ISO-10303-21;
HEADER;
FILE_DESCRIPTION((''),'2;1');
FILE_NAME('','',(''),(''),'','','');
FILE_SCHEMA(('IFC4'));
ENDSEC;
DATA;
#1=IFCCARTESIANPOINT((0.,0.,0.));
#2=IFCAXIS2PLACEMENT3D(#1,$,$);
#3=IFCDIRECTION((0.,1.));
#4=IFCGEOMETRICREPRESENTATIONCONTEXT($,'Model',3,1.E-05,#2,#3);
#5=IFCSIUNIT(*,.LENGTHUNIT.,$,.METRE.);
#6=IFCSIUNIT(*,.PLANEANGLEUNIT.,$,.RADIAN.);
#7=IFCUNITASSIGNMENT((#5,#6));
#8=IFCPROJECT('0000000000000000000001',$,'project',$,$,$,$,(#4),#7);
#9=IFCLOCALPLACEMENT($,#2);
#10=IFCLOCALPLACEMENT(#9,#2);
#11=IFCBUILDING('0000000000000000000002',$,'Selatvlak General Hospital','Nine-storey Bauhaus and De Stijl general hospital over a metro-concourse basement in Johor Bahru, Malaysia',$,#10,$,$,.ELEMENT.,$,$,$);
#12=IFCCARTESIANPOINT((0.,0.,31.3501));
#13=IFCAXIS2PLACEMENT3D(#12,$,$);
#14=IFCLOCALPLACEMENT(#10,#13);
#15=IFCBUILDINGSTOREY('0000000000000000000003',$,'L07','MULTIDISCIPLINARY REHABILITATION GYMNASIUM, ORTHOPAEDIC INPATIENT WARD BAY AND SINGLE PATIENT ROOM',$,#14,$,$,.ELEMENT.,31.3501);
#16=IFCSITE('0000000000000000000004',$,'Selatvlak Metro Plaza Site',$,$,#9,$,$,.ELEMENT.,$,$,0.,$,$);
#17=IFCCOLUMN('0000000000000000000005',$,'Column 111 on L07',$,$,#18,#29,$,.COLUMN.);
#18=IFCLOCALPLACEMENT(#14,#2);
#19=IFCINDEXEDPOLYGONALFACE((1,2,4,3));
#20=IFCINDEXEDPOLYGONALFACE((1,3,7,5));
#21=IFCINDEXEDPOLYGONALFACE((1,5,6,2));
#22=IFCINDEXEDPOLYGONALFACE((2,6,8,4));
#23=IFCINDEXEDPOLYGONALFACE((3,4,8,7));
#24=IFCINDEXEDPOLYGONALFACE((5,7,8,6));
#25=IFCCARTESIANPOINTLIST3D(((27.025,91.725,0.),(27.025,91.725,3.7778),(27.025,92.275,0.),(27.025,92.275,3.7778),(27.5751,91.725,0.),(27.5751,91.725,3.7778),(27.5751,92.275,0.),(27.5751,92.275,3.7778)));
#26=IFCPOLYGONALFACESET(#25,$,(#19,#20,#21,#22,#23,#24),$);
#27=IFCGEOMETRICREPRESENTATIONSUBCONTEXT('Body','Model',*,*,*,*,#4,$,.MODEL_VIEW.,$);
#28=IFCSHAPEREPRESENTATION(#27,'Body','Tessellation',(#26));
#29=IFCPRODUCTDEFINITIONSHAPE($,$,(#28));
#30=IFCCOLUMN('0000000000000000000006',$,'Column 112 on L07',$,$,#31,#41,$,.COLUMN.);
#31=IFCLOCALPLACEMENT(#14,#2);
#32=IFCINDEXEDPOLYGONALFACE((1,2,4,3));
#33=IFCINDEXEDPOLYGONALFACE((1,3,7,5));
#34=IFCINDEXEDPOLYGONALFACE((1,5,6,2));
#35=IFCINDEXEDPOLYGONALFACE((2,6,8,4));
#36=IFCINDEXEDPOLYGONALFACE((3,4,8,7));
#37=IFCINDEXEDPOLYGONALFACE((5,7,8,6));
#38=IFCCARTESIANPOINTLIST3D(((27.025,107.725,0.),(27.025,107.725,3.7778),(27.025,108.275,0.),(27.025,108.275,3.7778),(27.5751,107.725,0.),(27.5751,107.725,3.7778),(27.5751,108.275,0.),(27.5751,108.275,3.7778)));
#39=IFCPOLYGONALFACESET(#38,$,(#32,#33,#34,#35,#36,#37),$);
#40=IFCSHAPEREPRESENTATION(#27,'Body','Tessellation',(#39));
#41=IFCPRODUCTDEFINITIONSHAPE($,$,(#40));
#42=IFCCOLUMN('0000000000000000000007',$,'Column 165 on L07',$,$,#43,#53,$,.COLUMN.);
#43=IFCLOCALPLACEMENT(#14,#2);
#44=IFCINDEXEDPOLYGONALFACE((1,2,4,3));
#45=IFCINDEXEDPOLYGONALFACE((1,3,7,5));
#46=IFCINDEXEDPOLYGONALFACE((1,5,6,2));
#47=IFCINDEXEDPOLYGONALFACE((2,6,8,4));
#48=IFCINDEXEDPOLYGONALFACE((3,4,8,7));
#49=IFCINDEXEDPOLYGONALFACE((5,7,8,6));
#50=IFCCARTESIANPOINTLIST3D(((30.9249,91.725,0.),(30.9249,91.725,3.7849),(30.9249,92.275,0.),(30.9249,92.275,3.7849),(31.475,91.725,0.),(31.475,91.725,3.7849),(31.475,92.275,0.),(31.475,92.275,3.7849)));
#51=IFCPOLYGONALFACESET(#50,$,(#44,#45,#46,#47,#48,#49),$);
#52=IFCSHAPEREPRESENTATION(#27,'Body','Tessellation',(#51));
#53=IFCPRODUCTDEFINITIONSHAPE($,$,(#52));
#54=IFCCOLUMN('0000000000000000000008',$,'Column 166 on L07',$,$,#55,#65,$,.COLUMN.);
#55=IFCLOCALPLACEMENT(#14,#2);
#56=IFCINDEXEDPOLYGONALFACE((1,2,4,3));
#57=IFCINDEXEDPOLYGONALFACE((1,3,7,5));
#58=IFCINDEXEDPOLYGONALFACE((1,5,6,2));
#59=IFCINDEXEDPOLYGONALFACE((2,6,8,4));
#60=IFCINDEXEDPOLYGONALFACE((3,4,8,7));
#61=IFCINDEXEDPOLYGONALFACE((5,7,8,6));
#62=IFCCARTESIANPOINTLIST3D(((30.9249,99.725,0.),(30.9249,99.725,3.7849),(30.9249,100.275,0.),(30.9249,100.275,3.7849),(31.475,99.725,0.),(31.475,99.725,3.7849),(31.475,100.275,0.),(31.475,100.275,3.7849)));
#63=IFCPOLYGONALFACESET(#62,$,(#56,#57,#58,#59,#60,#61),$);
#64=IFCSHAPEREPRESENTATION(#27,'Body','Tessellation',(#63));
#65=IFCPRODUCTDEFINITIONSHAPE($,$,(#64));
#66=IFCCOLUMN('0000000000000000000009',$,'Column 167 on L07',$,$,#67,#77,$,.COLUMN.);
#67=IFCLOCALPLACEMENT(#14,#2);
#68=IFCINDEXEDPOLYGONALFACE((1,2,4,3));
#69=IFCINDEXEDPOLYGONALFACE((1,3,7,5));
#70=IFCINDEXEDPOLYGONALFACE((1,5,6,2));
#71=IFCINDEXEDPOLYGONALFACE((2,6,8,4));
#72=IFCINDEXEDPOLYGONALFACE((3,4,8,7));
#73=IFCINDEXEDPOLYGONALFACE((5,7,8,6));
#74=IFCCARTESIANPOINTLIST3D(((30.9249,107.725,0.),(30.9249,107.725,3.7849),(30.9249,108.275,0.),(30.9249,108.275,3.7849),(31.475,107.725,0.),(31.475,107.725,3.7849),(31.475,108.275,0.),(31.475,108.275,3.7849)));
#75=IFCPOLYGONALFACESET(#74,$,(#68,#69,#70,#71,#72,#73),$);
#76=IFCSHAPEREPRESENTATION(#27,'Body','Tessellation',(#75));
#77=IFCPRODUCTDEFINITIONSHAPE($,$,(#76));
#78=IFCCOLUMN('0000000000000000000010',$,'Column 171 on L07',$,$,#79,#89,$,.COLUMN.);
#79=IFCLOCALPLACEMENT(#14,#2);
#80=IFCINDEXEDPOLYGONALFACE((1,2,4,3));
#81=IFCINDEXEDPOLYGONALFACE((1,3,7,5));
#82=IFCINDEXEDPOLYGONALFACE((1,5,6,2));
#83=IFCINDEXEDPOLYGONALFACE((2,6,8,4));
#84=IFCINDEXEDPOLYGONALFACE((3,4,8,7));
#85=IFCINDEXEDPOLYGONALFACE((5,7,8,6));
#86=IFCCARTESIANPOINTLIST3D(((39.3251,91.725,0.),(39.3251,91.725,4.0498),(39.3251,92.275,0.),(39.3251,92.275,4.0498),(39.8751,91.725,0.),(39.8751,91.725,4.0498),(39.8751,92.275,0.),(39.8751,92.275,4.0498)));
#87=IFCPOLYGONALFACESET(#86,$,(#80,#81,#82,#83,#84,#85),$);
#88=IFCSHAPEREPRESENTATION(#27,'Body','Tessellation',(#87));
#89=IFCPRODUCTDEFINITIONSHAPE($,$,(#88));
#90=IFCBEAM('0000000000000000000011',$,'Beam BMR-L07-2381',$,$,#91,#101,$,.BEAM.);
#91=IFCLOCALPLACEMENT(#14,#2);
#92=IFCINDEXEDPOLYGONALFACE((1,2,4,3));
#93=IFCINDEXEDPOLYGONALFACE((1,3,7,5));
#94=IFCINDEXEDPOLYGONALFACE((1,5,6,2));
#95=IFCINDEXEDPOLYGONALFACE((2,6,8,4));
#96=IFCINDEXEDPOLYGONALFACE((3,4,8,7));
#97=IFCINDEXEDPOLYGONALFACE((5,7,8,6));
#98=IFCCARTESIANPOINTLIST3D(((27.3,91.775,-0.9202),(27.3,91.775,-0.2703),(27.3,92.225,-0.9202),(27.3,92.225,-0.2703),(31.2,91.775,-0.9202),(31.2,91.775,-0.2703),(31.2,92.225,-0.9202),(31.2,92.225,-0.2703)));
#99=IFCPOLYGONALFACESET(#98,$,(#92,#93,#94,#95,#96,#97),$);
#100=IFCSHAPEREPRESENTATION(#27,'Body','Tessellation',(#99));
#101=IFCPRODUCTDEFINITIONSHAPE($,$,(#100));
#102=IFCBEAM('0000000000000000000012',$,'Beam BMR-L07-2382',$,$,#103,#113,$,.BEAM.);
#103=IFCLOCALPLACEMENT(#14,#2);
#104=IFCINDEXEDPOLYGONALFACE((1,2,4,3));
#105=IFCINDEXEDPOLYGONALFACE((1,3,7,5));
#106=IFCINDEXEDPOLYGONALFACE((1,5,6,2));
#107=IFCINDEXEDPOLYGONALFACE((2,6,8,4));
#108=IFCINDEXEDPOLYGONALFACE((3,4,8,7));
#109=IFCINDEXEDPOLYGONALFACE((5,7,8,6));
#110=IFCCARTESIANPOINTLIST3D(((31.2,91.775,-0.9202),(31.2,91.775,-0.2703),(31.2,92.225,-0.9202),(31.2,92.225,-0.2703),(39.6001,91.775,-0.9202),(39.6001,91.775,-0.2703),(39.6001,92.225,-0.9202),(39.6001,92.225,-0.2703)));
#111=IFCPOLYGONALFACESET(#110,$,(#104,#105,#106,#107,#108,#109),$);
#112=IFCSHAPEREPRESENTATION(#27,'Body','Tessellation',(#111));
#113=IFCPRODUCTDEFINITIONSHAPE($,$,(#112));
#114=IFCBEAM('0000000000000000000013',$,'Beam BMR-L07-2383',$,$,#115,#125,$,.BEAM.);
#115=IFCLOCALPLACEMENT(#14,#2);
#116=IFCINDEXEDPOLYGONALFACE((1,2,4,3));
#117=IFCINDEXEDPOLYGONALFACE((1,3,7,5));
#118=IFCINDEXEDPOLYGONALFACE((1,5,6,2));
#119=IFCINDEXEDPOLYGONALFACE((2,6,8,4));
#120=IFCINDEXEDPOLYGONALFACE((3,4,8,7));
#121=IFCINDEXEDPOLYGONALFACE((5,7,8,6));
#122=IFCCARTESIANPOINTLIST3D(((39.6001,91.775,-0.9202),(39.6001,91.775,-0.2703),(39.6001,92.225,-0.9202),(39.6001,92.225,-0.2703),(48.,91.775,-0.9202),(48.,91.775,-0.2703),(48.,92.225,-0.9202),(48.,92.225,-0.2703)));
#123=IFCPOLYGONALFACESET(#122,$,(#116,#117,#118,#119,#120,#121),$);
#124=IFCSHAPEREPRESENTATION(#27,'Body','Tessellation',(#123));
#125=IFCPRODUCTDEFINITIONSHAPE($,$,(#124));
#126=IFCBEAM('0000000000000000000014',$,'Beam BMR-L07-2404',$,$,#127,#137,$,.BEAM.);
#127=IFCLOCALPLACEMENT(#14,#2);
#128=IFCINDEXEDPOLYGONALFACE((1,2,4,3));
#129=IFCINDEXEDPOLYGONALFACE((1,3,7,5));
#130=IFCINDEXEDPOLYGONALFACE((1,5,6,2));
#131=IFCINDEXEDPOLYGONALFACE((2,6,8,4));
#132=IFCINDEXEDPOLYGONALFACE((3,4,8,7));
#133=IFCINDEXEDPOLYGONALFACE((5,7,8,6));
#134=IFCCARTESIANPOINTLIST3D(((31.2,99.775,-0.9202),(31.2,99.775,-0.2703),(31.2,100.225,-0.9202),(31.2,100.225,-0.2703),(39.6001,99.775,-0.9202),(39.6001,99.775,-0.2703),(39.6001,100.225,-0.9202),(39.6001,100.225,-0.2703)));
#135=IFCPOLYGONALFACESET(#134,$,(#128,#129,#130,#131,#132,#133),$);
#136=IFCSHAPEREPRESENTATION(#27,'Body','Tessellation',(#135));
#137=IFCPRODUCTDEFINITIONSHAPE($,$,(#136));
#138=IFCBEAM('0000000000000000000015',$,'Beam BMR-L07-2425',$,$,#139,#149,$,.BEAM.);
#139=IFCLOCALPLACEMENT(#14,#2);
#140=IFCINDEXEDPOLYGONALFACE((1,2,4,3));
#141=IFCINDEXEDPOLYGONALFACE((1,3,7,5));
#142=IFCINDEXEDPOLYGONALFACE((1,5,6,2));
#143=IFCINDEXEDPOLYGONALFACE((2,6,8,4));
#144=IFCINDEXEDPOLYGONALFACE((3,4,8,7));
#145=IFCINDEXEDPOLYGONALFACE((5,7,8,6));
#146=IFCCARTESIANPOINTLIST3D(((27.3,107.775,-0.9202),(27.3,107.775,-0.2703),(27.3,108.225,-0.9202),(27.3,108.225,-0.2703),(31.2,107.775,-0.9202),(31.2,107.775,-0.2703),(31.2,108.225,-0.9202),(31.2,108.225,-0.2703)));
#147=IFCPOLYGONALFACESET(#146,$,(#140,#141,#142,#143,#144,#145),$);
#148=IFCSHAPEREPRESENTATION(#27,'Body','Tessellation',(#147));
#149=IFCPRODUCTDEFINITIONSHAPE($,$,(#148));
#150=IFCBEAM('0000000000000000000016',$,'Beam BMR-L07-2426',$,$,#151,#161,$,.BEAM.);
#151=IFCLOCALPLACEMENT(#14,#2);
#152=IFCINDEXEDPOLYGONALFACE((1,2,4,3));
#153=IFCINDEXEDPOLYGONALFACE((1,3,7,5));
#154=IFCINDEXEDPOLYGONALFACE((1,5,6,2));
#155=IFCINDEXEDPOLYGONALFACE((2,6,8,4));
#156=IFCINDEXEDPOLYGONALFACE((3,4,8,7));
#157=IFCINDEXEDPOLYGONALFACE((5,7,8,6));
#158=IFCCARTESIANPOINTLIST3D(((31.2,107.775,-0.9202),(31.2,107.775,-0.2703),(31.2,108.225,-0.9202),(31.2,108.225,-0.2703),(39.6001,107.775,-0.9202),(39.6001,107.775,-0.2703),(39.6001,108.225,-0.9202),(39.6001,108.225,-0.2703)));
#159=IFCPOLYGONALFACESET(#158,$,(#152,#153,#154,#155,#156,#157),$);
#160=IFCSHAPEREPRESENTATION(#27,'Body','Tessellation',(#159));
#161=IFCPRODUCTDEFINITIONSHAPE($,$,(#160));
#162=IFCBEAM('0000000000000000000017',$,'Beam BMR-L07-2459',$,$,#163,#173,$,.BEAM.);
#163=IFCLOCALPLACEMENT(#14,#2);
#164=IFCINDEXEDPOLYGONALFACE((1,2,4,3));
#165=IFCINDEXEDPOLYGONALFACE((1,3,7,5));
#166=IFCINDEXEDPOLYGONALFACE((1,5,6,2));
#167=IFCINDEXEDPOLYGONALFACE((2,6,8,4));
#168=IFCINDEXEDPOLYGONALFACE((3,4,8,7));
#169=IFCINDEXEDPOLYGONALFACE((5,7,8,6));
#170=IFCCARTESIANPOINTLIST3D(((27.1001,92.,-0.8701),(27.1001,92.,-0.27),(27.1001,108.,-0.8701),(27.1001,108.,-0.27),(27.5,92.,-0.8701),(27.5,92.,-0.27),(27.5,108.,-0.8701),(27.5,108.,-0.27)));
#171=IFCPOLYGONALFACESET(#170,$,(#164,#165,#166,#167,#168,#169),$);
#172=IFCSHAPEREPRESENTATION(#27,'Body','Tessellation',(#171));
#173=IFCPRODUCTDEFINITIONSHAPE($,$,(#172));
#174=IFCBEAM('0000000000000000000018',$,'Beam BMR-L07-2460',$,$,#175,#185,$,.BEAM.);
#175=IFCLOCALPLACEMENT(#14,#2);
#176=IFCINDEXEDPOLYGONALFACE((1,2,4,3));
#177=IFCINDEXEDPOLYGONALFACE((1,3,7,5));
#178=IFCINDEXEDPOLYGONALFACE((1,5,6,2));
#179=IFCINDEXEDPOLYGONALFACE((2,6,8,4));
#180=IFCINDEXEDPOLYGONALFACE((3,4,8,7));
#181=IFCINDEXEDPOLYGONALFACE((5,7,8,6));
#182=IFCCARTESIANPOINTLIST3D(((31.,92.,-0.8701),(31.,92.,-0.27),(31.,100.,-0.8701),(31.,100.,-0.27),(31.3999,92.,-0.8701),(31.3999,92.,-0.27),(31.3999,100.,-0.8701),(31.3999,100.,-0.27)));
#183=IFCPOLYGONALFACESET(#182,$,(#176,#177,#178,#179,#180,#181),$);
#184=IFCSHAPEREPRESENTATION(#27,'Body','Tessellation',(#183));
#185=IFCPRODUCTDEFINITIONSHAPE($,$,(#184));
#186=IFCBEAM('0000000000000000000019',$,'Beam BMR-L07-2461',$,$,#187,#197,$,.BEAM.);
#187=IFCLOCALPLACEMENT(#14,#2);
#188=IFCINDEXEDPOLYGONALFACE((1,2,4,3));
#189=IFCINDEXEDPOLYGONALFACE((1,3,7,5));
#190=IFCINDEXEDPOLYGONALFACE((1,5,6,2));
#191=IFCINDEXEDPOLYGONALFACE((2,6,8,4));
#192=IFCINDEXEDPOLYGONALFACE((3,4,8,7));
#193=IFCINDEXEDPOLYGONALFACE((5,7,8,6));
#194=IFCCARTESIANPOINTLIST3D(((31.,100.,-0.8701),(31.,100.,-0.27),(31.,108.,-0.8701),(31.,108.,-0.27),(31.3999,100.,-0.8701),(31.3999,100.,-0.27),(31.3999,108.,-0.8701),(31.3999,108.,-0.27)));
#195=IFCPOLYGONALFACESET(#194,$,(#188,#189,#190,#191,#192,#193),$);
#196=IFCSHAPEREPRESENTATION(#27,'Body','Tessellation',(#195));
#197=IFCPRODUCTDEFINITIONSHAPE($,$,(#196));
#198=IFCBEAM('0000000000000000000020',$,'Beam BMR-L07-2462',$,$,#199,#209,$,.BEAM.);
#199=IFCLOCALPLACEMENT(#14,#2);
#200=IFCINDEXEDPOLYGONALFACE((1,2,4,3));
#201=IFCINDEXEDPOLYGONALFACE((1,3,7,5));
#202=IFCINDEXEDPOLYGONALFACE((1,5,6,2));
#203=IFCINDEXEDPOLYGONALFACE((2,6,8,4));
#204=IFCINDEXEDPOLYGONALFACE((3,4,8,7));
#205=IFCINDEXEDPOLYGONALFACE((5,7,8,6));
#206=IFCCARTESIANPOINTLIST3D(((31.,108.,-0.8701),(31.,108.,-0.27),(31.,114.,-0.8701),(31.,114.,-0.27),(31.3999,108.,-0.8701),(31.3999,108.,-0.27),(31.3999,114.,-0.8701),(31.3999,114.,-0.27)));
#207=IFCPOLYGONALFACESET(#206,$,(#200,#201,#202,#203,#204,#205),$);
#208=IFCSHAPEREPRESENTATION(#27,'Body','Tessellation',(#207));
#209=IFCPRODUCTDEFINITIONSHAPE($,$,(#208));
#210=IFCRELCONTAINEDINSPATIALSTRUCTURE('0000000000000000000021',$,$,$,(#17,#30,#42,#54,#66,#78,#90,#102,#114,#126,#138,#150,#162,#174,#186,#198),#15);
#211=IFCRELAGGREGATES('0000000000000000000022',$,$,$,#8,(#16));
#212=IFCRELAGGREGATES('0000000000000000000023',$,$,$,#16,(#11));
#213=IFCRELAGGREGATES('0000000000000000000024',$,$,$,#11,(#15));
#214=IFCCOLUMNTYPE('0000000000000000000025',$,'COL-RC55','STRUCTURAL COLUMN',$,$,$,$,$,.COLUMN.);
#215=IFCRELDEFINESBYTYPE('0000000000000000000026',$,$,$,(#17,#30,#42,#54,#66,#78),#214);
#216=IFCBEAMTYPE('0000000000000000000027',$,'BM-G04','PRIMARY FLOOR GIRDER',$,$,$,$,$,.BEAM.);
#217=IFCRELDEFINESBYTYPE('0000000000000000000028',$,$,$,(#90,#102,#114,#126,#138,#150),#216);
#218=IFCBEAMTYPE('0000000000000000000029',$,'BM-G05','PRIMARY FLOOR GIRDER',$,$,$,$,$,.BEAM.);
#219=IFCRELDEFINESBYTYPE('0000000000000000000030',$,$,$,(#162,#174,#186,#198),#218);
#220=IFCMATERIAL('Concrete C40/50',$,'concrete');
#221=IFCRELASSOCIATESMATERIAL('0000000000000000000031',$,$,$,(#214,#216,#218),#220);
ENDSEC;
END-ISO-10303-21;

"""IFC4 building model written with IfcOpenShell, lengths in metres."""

from ifc_helpers import new_model, si_unit, direction, frame, origin, origin_2d, place, context, subcontext, project, spatial, rectangle, extrude, material, material_profile, profile_set, type_object, element, save


model = new_model("IFC4")

# Units and contexts
model_context = context("Model", 3, precision=1e-05, world=origin(), true_north=direction((0.0, 1.0)))
body_context = subcontext(model_context, "Body", "Model", "MODEL_VIEW")
ifc_project = project(units=[si_unit("LENGTHUNIT", "METRE"), si_unit("PLANEANGLEUNIT", "RADIAN")], contexts=[model_context])

# Site, building, storey
site_placement = place(None, origin())
site = spatial("IfcSite", under=ifc_project, at=site_placement, Name="Selatvlak Metro Plaza Site", CompositionType="ELEMENT", RefElevation=0.0)
building_placement = place(site_placement, origin())
building = spatial("IfcBuilding", under=site, at=building_placement, Name="Selatvlak General Hospital", Description="Nine-storey Bauhaus and De Stijl general hospital over a metro-concourse basement in Johor Bahru, Malaysia", CompositionType="ELEMENT")
storey_placement = place(building_placement, frame((0.0, 0.0, 31.3501)))
storey = spatial("IfcBuildingStorey", under=building, at=storey_placement, Name="L07", Description="MULTIDISCIPLINARY REHABILITATION GYMNASIUM, ORTHOPAEDIC INPATIENT WARD BAY AND SINGLE PATIENT ROOM", CompositionType="ELEMENT", Elevation=31.3501)

# Columns
ifc_material_1 = material(Name="Concrete C40/50", Category="concrete")
ifc_material_profile_1 = material_profile(ifc_material_1, rectangle(XDim=0.55, YDim=0.55, at=origin_2d()), Name="RC-COL 550x550")
ifc_profile_set_1 = profile_set([ifc_material_profile_1], Name="Concrete C40/50")
column_type = type_object("IfcColumnType", Name="COL-RC55", Description="STRUCTURAL COLUMN", PredefinedType="COLUMN", material=ifc_profile_set_1)
for number, where, z_axis, x_axis, name in (
    (1, (27.3, 92.0, 0.0), (0.0, 0.0, 1.0), (1.0, 0.0, 0.0), "Column 111 on L07"),
    (2, (27.3, 108.0, 0.0), (0.0, 0.0, 1.0), (1.0, 0.0, 0.0), "Column 112 on L07"),
):
    element("IfcColumn", number, at=place(storey_placement, frame(where, z_axis=z_axis, x_axis=x_axis)), inside=storey, type_object=column_type, Name=name, PredefinedType="COLUMN", context=body_context, shape_type="SweptSolid", body=[
        extrude(rectangle(XDim=0.55, YDim=0.55, at=origin_2d()), origin(), (0.0, 0.0, 1.0), 3.7778),
    ])
for number, where, z_axis, x_axis, name in (
    (3, (31.2, 92.0, 0.0), (0.0, 0.0, 1.0), (1.0, 0.0, 0.0), "Column 165 on L07"),
    (4, (31.2, 100.0, 0.0), (0.0, 0.0, 1.0), (1.0, 0.0, 0.0), "Column 166 on L07"),
    (5, (31.2, 108.0, 0.0), (0.0, 0.0, 1.0), (1.0, 0.0, 0.0), "Column 167 on L07"),
):
    element("IfcColumn", number, at=place(storey_placement, frame(where, z_axis=z_axis, x_axis=x_axis)), inside=storey, type_object=column_type, Name=name, PredefinedType="COLUMN", context=body_context, shape_type="SweptSolid", body=[
        extrude(rectangle(XDim=0.55, YDim=0.55, at=origin_2d()), origin(), (0.0, 0.0, 1.0), 3.7849),
    ])
column_placement = place(storey_placement, frame((39.6001, 92.0, 0.0), z_axis=(0.0, 0.0, 1.0), x_axis=(1.0, 0.0, 0.0)))
element("IfcColumn", 6, at=column_placement, inside=storey, type_object=column_type, Name="Column 171 on L07", PredefinedType="COLUMN", context=body_context, shape_type="SweptSolid", body=[
    extrude(rectangle(XDim=0.55, YDim=0.55, at=origin_2d()), origin(), (0.0, 0.0, 1.0), 4.0498),
])

# Beams
ifc_material_profile_2 = material_profile(ifc_material_1, rectangle(XDim=0.45, YDim=0.6499, at=origin_2d()), Name="RC-BM 450x650")
ifc_profile_set_2 = profile_set([ifc_material_profile_2], Name="Concrete C40/50")
beam_type_1 = type_object("IfcBeamType", Name="BM-G04", Description="PRIMARY FLOOR GIRDER", PredefinedType="BEAM", material=ifc_profile_set_2)
beam_1_placement = place(storey_placement, frame((27.3, 92.0, -0.5952), z_axis=(1.0, 0.0, 0.0), x_axis=(0.0, 1.0, 0.0)))
element("IfcBeam", 7, at=beam_1_placement, inside=storey, type_object=beam_type_1, Name="Beam BMR-L07-2381", PredefinedType="BEAM", context=body_context, shape_type="SweptSolid", body=[
    extrude(rectangle(XDim=0.45, YDim=0.6499, at=origin_2d()), origin(), (0.0, 0.0, 1.0), 3.8999),
])
beam_2_placement = place(storey_placement, frame((31.2, 92.0, -0.5952), z_axis=(1.0, 0.0, 0.0), x_axis=(0.0, 1.0, 0.0)))
element("IfcBeam", 8, at=beam_2_placement, inside=storey, type_object=beam_type_1, Name="Beam BMR-L07-2382", PredefinedType="BEAM", context=body_context, shape_type="SweptSolid", body=[
    extrude(rectangle(XDim=0.45, YDim=0.6499, at=origin_2d()), origin(), (0.0, 0.0, 1.0), 8.4001),
])
beam_3_placement = place(storey_placement, frame((39.6001, 92.0, -0.5952), z_axis=(1.0, 0.0, 0.0), x_axis=(0.0, 1.0, 0.0)))
element("IfcBeam", 9, at=beam_3_placement, inside=storey, type_object=beam_type_1, Name="Beam BMR-L07-2383", PredefinedType="BEAM", context=body_context, shape_type="SweptSolid", body=[
    extrude(rectangle(XDim=0.45, YDim=0.6499, at=origin_2d()), origin(), (0.0, 0.0, 1.0), 8.3999),
])
beam_4_placement = place(storey_placement, frame((31.2, 100.0, -0.5952), z_axis=(1.0, 0.0, 0.0), x_axis=(0.0, 1.0, 0.0)))
element("IfcBeam", 10, at=beam_4_placement, inside=storey, type_object=beam_type_1, Name="Beam BMR-L07-2404", PredefinedType="BEAM", context=body_context, shape_type="SweptSolid", body=[
    extrude(rectangle(XDim=0.45, YDim=0.6499, at=origin_2d()), origin(), (0.0, 0.0, 1.0), 8.4001),
])
beam_5_placement = place(storey_placement, frame((27.3, 108.0, -0.5952), z_axis=(1.0, 0.0, 0.0), x_axis=(0.0, 1.0, 0.0)))
element("IfcBeam", 11, at=beam_5_placement, inside=storey, type_object=beam_type_1, Name="Beam BMR-L07-2425", PredefinedType="BEAM", context=body_context, shape_type="SweptSolid", body=[
    extrude(rectangle(XDim=0.45, YDim=0.6499, at=origin_2d()), origin(), (0.0, 0.0, 1.0), 3.8999),
])
beam_6_placement = place(storey_placement, frame((31.2, 108.0, -0.5952), z_axis=(1.0, 0.0, 0.0), x_axis=(0.0, 1.0, 0.0)))
element("IfcBeam", 12, at=beam_6_placement, inside=storey, type_object=beam_type_1, Name="Beam BMR-L07-2426", PredefinedType="BEAM", context=body_context, shape_type="SweptSolid", body=[
    extrude(rectangle(XDim=0.45, YDim=0.6499, at=origin_2d()), origin(), (0.0, 0.0, 1.0), 8.4001),
])
ifc_material_profile_3 = material_profile(ifc_material_1, rectangle(XDim=0.3999, YDim=0.6001, at=origin_2d()), Name="RC-BM 400x600")
ifc_profile_set_3 = profile_set([ifc_material_profile_3], Name="Concrete C40/50")
beam_type_2 = type_object("IfcBeamType", Name="BM-G05", Description="PRIMARY FLOOR GIRDER", PredefinedType="BEAM", material=ifc_profile_set_3)
beam_7_placement = place(storey_placement, frame((27.3, 92.0, -0.5701), z_axis=(0.0, 1.0, 0.0), x_axis=(-1.0, 0.0, 0.0)))
element("IfcBeam", 13, at=beam_7_placement, inside=storey, type_object=beam_type_2, Name="Beam BMR-L07-2459", PredefinedType="BEAM", context=body_context, shape_type="SweptSolid", body=[
    extrude(rectangle(XDim=0.3999, YDim=0.6001, at=origin_2d()), origin(), (0.0, 0.0, 1.0), 16.0),
])
for number, where, z_axis, x_axis, name in (
    (14, (31.2, 92.0, -0.5701), (0.0, 1.0, 0.0), (-1.0, 0.0, 0.0), "Beam BMR-L07-2460"),
    (15, (31.2, 100.0, -0.5701), (0.0, 1.0, 0.0), (-1.0, 0.0, 0.0), "Beam BMR-L07-2461"),
):
    element("IfcBeam", number, at=place(storey_placement, frame(where, z_axis=z_axis, x_axis=x_axis)), inside=storey, type_object=beam_type_2, Name=name, PredefinedType="BEAM", context=body_context, shape_type="SweptSolid", body=[
        extrude(rectangle(XDim=0.3999, YDim=0.6001, at=origin_2d()), origin(), (0.0, 0.0, 1.0), 8.0),
    ])
beam_8_placement = place(storey_placement, frame((31.2, 108.0, -0.5701), z_axis=(0.0, 1.0, 0.0), x_axis=(-1.0, 0.0, 0.0)))
element("IfcBeam", 16, at=beam_8_placement, inside=storey, type_object=beam_type_2, Name="Beam BMR-L07-2462", PredefinedType="BEAM", context=body_context, shape_type="SweptSolid", body=[
    extrude(rectangle(XDim=0.3999, YDim=0.6001, at=origin_2d()), origin(), (0.0, 0.0, 1.0), 6.0),
])

save(model, "model.ifc")
